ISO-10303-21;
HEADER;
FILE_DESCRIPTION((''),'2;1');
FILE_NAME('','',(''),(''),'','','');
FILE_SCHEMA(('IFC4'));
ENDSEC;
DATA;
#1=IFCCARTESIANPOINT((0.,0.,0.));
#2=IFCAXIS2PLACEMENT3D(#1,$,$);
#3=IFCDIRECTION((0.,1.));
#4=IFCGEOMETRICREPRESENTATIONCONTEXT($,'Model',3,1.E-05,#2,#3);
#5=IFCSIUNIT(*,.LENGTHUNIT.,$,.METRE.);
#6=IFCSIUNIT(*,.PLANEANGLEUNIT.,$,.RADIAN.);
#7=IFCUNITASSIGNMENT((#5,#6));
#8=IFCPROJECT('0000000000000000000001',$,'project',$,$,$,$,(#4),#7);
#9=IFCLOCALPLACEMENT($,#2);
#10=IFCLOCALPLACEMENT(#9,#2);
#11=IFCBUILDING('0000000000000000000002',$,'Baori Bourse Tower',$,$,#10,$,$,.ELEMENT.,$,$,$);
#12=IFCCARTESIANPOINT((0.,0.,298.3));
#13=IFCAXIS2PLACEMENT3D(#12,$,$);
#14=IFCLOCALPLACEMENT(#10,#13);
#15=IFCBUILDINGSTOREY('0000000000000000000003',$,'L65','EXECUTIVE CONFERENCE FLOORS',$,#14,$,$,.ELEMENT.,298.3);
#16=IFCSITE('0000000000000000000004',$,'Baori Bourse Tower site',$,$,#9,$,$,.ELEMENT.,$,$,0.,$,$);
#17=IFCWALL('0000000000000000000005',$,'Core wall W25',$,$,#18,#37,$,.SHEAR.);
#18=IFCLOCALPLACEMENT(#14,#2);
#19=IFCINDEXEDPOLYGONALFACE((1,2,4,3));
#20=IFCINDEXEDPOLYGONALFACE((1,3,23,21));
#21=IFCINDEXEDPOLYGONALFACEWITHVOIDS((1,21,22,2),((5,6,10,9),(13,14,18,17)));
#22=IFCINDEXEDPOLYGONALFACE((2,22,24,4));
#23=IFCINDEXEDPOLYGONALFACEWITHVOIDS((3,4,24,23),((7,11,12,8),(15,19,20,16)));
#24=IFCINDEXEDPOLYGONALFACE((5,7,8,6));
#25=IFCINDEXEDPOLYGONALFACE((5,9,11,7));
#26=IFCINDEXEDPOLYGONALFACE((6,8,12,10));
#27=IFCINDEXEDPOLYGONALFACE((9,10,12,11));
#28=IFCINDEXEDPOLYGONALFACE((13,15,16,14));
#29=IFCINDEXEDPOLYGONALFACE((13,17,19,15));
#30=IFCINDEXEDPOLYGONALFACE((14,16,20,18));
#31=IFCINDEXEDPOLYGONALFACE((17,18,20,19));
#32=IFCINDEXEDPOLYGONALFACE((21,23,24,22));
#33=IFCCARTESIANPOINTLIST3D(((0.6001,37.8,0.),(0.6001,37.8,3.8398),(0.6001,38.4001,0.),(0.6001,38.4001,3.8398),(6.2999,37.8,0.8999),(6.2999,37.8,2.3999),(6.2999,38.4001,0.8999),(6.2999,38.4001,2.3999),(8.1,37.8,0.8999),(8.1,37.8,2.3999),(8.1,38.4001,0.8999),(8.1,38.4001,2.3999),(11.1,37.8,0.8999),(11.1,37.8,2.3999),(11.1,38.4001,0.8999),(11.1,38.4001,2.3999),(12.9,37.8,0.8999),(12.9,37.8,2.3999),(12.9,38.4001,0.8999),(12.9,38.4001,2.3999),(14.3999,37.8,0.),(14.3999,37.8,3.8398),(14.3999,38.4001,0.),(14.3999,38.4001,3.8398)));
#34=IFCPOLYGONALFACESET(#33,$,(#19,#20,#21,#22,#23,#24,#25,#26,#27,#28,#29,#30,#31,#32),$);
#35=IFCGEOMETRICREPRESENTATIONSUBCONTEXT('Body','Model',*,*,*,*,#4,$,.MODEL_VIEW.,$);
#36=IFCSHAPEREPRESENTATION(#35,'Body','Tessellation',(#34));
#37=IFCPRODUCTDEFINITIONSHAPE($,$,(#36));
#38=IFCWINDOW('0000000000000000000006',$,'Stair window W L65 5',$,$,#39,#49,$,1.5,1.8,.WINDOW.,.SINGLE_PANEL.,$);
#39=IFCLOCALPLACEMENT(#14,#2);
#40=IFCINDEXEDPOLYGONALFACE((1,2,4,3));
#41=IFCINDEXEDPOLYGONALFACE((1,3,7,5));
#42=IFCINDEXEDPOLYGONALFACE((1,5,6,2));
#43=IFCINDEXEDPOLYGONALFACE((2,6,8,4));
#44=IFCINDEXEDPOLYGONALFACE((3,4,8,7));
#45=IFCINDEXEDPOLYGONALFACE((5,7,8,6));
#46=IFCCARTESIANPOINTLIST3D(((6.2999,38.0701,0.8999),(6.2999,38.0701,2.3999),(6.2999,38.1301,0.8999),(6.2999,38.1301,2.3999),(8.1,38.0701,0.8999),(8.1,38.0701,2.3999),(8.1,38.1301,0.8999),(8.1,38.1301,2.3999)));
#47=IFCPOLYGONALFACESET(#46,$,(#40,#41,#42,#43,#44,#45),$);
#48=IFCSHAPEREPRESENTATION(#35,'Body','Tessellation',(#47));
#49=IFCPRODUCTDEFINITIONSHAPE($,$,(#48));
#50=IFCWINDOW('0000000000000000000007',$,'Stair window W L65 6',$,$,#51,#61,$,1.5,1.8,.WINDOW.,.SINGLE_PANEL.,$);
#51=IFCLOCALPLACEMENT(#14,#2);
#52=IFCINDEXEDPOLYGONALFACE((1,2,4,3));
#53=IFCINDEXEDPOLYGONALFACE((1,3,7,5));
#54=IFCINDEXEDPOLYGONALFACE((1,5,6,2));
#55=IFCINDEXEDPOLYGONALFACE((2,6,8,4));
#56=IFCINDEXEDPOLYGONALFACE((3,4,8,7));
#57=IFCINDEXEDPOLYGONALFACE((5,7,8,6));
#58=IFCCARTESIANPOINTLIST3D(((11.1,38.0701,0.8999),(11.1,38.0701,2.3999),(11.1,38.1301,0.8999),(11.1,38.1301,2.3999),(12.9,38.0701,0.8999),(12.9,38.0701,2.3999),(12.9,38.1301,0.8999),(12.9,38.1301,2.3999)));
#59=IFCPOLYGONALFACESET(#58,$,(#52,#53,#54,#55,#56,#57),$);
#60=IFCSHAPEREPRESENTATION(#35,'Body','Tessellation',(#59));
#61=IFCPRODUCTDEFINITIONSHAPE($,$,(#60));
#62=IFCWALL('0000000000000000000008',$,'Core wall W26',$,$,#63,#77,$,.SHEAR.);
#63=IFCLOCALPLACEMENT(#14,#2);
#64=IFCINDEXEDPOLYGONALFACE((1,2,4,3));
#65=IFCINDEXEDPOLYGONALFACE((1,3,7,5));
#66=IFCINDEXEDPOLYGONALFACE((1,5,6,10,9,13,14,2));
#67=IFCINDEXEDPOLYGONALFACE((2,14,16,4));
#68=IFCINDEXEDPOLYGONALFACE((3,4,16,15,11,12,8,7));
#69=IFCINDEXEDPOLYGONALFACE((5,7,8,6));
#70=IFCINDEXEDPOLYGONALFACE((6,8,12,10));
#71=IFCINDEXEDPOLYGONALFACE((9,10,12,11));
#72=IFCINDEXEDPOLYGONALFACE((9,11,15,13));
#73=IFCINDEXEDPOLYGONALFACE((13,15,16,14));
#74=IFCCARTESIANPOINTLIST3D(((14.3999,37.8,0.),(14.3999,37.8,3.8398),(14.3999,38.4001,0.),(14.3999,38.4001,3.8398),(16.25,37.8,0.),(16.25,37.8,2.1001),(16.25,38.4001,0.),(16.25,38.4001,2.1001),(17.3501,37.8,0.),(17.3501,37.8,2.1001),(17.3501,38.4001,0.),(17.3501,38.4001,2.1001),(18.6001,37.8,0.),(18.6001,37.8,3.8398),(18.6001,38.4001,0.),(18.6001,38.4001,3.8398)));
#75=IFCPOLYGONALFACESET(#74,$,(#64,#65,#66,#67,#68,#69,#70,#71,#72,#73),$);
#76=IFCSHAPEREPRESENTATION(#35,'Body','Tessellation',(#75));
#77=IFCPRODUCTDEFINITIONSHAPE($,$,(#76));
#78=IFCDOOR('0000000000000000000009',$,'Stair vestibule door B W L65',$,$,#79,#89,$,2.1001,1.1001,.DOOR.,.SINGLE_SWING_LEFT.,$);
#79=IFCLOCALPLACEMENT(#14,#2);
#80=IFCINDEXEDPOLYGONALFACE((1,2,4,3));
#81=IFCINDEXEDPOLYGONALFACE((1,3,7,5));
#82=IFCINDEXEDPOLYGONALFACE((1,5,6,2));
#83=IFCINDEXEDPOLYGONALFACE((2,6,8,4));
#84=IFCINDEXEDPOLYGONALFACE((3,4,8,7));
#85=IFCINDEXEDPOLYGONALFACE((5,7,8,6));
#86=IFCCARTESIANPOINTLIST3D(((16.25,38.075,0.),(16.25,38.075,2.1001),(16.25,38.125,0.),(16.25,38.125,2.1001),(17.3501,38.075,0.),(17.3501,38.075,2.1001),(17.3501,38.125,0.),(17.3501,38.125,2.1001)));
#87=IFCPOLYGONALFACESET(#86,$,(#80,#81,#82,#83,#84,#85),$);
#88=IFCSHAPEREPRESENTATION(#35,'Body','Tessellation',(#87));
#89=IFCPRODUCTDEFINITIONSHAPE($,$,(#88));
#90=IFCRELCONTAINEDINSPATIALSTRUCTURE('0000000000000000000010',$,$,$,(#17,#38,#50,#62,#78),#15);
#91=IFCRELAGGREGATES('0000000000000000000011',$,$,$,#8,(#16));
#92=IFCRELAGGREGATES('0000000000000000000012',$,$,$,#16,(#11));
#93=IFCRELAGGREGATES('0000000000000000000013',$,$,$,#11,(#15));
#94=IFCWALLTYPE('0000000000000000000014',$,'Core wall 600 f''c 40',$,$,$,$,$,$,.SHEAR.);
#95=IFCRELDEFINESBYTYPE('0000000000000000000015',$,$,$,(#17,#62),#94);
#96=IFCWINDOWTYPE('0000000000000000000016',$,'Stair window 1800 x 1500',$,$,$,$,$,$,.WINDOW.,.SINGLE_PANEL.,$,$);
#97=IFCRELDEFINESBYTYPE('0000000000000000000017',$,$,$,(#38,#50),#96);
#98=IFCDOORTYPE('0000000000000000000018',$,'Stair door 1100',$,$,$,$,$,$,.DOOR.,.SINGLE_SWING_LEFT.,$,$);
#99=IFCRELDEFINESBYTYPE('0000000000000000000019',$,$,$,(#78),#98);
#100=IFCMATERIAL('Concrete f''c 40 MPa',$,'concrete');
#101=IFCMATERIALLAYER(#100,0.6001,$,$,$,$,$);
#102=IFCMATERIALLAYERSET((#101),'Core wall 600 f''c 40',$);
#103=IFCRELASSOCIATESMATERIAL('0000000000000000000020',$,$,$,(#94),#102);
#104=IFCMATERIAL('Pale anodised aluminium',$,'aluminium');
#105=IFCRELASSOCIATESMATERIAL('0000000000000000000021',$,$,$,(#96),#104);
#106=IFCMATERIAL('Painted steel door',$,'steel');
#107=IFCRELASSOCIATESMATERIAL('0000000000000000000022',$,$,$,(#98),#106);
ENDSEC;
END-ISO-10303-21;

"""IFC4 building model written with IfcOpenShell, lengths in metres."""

from ifc_helpers import new_model, si_unit, direction, frame, frame_2d, origin, place, context, subcontext, project, spatial, rectangle, extrude, material, layer, layer_set, type_object, element, fill, save


model = new_model("IFC4")

# Units and contexts
model_context = context("Model", 3, precision=1e-05, world=origin(), true_north=direction((0.0, 1.0)))
body_context = subcontext(model_context, "Body", "Model", "MODEL_VIEW")
ifc_project = project(units=[si_unit("LENGTHUNIT", "METRE"), si_unit("PLANEANGLEUNIT", "RADIAN")], contexts=[model_context])

# Site, building, storey
site_placement = place(None, origin())
site = spatial("IfcSite", under=ifc_project, at=site_placement, Name="Baori Bourse Tower site", CompositionType="ELEMENT", RefElevation=0.0)
building_placement = place(site_placement, origin())
building = spatial("IfcBuilding", under=site, at=building_placement, Name="Baori Bourse Tower", CompositionType="ELEMENT")
storey_placement = place(building_placement, frame((0.0, 0.0, 298.3)))
storey = spatial("IfcBuildingStorey", under=building, at=storey_placement, Name="L65", Description="EXECUTIVE CONFERENCE FLOORS", CompositionType="ELEMENT", Elevation=298.3)

# Wall, openings, windows
ifc_material_1 = material(Name="Concrete f'c 40 MPa", Category="concrete")
ifc_layer_1 = layer(ifc_material_1, 0.6001)
ifc_layer_set_1 = layer_set([ifc_layer_1], Name="Core wall 600 f'c 40")
wall_type_1 = type_object("IfcWallType", Name="Core wall 600 f'c 40", PredefinedType="SHEAR", material=ifc_layer_set_1)
wall_1_placement = place(storey_placement, frame((0.6001, 38.1001, 0.0), z_axis=(0.0, 0.0, 1.0), x_axis=(1.0, 0.0, 0.0)))
wall_1 = element("IfcWall", 1, at=wall_1_placement, inside=storey, type_object=wall_type_1, Name="Core wall W25", PredefinedType="SHEAR", context=body_context, shape_type="SweptSolid", body=[
    extrude(rectangle(XDim=13.7998, YDim=0.6001, at=frame_2d((6.8999, 0.0))), origin(), (0.0, 0.0, 1.0), 3.8398),
])
opening_1_placement = place(wall_1_placement, frame((5.7, 0.0, 0.8999)))
opening_1 = element("IfcOpeningElement", 2, at=opening_1_placement, cuts=wall_1, PredefinedType="OPENING", context=body_context, shape_type="SweptSolid", body=[
    extrude(rectangle(XDim=1.8, YDim=1.5, at=frame_2d((0.8999, 0.75))), frame((0.0, 0.3101, 0.0), z_axis=(0.0, -1.0, 0.0), x_axis=(1.0, 0.0, 0.0)), (0.0, 0.0, 1.0), 0.6201),
])
opening_2_placement = place(wall_1_placement, frame((10.5, 0.0, 0.8999)))
opening_2 = element("IfcOpeningElement", 3, at=opening_2_placement, cuts=wall_1, PredefinedType="OPENING", context=body_context, shape_type="SweptSolid", body=[
    extrude(rectangle(XDim=1.8, YDim=1.5, at=frame_2d((0.8999, 0.75))), frame((0.0, 0.3101, 0.0), z_axis=(0.0, -1.0, 0.0), x_axis=(1.0, 0.0, 0.0)), (0.0, 0.0, 1.0), 0.6201),
])
ifc_material_2 = material(Name="Pale anodised aluminium", Category="aluminium")
window_type = type_object("IfcWindowType", Name="Stair window 1800 x 1500", PartitioningType="SINGLE_PANEL", PredefinedType="WINDOW", material=ifc_material_2)
window_1_placement = place(opening_1_placement, origin())
window_1 = element("IfcWindow", 4, at=window_1_placement, inside=storey, type_object=window_type, Name="Stair window W L65 5", OverallHeight=1.5, OverallWidth=1.8, PartitioningType="SINGLE_PANEL", PredefinedType="WINDOW", context=body_context, shape_type="SweptSolid", body=[
    extrude(rectangle(XDim=1.8, YDim=1.5, at=frame_2d((0.8999, 0.75))), frame((0.0, 0.03, 0.0), z_axis=(0.0, -1.0, 0.0), x_axis=(1.0, 0.0, 0.0)), (0.0, 0.0, 1.0), 0.0601),
])
fill(opening_1, window_1)
window_2_placement = place(opening_2_placement, origin())
window_2 = element("IfcWindow", 5, at=window_2_placement, inside=storey, type_object=window_type, Name="Stair window W L65 6", OverallHeight=1.5, OverallWidth=1.8, PartitioningType="SINGLE_PANEL", PredefinedType="WINDOW", context=body_context, shape_type="SweptSolid", body=[
    extrude(rectangle(XDim=1.8, YDim=1.5, at=frame_2d((0.8999, 0.75))), frame((0.0, 0.03, 0.0), z_axis=(0.0, -1.0, 0.0), x_axis=(1.0, 0.0, 0.0)), (0.0, 0.0, 1.0), 0.0601),
])
fill(opening_2, window_2)

# Wall, opening, door
wall_2_placement = place(storey_placement, frame((14.3999, 38.1001, 0.0), z_axis=(0.0, 0.0, 1.0), x_axis=(1.0, 0.0, 0.0)))
wall_2 = element("IfcWall", 6, at=wall_2_placement, inside=storey, type_object=wall_type_1, Name="Core wall W26", PredefinedType="SHEAR", context=body_context, shape_type="SweptSolid", body=[
    extrude(rectangle(XDim=4.2002, YDim=0.6001, at=frame_2d((2.1001, 0.0))), origin(), (0.0, 0.0, 1.0), 3.8398),
])
opening_3_placement = place(wall_2_placement, frame((1.8501, 0.0, 0.0)))
opening_3 = element("IfcOpeningElement", 7, at=opening_3_placement, cuts=wall_2, PredefinedType="OPENING", context=body_context, shape_type="SweptSolid", body=[
    extrude(rectangle(XDim=1.1001, YDim=2.1001, at=frame_2d((0.55, 1.05))), frame((0.0, 0.3101, 0.0), z_axis=(0.0, -1.0, 0.0), x_axis=(1.0, 0.0, 0.0)), (0.0, 0.0, 1.0), 0.6201),
])
ifc_material_3 = material(Name="Painted steel door", Category="steel")
door_type_1 = type_object("IfcDoorType", Name="Stair door 1100", OperationType="SINGLE_SWING_LEFT", PredefinedType="DOOR", material=ifc_material_3)
door_1_placement = place(opening_3_placement, origin())
door_1 = element("IfcDoor", 8, at=door_1_placement, inside=storey, type_object=door_type_1, Name="Stair vestibule door B W L65", OperationType="SINGLE_SWING_LEFT", OverallHeight=2.1001, OverallWidth=1.1001, PredefinedType="DOOR", context=body_context, shape_type="SweptSolid", body=[
    extrude(rectangle(XDim=1.1001, YDim=2.1001, at=frame_2d((0.55, 1.05))), frame((0.0, 0.0249, 0.0), z_axis=(0.0, -1.0, 0.0), x_axis=(1.0, 0.0, 0.0)), (0.0, 0.0, 1.0), 0.05),
])
fill(opening_3, door_1)

save(model, "model.ifc")
